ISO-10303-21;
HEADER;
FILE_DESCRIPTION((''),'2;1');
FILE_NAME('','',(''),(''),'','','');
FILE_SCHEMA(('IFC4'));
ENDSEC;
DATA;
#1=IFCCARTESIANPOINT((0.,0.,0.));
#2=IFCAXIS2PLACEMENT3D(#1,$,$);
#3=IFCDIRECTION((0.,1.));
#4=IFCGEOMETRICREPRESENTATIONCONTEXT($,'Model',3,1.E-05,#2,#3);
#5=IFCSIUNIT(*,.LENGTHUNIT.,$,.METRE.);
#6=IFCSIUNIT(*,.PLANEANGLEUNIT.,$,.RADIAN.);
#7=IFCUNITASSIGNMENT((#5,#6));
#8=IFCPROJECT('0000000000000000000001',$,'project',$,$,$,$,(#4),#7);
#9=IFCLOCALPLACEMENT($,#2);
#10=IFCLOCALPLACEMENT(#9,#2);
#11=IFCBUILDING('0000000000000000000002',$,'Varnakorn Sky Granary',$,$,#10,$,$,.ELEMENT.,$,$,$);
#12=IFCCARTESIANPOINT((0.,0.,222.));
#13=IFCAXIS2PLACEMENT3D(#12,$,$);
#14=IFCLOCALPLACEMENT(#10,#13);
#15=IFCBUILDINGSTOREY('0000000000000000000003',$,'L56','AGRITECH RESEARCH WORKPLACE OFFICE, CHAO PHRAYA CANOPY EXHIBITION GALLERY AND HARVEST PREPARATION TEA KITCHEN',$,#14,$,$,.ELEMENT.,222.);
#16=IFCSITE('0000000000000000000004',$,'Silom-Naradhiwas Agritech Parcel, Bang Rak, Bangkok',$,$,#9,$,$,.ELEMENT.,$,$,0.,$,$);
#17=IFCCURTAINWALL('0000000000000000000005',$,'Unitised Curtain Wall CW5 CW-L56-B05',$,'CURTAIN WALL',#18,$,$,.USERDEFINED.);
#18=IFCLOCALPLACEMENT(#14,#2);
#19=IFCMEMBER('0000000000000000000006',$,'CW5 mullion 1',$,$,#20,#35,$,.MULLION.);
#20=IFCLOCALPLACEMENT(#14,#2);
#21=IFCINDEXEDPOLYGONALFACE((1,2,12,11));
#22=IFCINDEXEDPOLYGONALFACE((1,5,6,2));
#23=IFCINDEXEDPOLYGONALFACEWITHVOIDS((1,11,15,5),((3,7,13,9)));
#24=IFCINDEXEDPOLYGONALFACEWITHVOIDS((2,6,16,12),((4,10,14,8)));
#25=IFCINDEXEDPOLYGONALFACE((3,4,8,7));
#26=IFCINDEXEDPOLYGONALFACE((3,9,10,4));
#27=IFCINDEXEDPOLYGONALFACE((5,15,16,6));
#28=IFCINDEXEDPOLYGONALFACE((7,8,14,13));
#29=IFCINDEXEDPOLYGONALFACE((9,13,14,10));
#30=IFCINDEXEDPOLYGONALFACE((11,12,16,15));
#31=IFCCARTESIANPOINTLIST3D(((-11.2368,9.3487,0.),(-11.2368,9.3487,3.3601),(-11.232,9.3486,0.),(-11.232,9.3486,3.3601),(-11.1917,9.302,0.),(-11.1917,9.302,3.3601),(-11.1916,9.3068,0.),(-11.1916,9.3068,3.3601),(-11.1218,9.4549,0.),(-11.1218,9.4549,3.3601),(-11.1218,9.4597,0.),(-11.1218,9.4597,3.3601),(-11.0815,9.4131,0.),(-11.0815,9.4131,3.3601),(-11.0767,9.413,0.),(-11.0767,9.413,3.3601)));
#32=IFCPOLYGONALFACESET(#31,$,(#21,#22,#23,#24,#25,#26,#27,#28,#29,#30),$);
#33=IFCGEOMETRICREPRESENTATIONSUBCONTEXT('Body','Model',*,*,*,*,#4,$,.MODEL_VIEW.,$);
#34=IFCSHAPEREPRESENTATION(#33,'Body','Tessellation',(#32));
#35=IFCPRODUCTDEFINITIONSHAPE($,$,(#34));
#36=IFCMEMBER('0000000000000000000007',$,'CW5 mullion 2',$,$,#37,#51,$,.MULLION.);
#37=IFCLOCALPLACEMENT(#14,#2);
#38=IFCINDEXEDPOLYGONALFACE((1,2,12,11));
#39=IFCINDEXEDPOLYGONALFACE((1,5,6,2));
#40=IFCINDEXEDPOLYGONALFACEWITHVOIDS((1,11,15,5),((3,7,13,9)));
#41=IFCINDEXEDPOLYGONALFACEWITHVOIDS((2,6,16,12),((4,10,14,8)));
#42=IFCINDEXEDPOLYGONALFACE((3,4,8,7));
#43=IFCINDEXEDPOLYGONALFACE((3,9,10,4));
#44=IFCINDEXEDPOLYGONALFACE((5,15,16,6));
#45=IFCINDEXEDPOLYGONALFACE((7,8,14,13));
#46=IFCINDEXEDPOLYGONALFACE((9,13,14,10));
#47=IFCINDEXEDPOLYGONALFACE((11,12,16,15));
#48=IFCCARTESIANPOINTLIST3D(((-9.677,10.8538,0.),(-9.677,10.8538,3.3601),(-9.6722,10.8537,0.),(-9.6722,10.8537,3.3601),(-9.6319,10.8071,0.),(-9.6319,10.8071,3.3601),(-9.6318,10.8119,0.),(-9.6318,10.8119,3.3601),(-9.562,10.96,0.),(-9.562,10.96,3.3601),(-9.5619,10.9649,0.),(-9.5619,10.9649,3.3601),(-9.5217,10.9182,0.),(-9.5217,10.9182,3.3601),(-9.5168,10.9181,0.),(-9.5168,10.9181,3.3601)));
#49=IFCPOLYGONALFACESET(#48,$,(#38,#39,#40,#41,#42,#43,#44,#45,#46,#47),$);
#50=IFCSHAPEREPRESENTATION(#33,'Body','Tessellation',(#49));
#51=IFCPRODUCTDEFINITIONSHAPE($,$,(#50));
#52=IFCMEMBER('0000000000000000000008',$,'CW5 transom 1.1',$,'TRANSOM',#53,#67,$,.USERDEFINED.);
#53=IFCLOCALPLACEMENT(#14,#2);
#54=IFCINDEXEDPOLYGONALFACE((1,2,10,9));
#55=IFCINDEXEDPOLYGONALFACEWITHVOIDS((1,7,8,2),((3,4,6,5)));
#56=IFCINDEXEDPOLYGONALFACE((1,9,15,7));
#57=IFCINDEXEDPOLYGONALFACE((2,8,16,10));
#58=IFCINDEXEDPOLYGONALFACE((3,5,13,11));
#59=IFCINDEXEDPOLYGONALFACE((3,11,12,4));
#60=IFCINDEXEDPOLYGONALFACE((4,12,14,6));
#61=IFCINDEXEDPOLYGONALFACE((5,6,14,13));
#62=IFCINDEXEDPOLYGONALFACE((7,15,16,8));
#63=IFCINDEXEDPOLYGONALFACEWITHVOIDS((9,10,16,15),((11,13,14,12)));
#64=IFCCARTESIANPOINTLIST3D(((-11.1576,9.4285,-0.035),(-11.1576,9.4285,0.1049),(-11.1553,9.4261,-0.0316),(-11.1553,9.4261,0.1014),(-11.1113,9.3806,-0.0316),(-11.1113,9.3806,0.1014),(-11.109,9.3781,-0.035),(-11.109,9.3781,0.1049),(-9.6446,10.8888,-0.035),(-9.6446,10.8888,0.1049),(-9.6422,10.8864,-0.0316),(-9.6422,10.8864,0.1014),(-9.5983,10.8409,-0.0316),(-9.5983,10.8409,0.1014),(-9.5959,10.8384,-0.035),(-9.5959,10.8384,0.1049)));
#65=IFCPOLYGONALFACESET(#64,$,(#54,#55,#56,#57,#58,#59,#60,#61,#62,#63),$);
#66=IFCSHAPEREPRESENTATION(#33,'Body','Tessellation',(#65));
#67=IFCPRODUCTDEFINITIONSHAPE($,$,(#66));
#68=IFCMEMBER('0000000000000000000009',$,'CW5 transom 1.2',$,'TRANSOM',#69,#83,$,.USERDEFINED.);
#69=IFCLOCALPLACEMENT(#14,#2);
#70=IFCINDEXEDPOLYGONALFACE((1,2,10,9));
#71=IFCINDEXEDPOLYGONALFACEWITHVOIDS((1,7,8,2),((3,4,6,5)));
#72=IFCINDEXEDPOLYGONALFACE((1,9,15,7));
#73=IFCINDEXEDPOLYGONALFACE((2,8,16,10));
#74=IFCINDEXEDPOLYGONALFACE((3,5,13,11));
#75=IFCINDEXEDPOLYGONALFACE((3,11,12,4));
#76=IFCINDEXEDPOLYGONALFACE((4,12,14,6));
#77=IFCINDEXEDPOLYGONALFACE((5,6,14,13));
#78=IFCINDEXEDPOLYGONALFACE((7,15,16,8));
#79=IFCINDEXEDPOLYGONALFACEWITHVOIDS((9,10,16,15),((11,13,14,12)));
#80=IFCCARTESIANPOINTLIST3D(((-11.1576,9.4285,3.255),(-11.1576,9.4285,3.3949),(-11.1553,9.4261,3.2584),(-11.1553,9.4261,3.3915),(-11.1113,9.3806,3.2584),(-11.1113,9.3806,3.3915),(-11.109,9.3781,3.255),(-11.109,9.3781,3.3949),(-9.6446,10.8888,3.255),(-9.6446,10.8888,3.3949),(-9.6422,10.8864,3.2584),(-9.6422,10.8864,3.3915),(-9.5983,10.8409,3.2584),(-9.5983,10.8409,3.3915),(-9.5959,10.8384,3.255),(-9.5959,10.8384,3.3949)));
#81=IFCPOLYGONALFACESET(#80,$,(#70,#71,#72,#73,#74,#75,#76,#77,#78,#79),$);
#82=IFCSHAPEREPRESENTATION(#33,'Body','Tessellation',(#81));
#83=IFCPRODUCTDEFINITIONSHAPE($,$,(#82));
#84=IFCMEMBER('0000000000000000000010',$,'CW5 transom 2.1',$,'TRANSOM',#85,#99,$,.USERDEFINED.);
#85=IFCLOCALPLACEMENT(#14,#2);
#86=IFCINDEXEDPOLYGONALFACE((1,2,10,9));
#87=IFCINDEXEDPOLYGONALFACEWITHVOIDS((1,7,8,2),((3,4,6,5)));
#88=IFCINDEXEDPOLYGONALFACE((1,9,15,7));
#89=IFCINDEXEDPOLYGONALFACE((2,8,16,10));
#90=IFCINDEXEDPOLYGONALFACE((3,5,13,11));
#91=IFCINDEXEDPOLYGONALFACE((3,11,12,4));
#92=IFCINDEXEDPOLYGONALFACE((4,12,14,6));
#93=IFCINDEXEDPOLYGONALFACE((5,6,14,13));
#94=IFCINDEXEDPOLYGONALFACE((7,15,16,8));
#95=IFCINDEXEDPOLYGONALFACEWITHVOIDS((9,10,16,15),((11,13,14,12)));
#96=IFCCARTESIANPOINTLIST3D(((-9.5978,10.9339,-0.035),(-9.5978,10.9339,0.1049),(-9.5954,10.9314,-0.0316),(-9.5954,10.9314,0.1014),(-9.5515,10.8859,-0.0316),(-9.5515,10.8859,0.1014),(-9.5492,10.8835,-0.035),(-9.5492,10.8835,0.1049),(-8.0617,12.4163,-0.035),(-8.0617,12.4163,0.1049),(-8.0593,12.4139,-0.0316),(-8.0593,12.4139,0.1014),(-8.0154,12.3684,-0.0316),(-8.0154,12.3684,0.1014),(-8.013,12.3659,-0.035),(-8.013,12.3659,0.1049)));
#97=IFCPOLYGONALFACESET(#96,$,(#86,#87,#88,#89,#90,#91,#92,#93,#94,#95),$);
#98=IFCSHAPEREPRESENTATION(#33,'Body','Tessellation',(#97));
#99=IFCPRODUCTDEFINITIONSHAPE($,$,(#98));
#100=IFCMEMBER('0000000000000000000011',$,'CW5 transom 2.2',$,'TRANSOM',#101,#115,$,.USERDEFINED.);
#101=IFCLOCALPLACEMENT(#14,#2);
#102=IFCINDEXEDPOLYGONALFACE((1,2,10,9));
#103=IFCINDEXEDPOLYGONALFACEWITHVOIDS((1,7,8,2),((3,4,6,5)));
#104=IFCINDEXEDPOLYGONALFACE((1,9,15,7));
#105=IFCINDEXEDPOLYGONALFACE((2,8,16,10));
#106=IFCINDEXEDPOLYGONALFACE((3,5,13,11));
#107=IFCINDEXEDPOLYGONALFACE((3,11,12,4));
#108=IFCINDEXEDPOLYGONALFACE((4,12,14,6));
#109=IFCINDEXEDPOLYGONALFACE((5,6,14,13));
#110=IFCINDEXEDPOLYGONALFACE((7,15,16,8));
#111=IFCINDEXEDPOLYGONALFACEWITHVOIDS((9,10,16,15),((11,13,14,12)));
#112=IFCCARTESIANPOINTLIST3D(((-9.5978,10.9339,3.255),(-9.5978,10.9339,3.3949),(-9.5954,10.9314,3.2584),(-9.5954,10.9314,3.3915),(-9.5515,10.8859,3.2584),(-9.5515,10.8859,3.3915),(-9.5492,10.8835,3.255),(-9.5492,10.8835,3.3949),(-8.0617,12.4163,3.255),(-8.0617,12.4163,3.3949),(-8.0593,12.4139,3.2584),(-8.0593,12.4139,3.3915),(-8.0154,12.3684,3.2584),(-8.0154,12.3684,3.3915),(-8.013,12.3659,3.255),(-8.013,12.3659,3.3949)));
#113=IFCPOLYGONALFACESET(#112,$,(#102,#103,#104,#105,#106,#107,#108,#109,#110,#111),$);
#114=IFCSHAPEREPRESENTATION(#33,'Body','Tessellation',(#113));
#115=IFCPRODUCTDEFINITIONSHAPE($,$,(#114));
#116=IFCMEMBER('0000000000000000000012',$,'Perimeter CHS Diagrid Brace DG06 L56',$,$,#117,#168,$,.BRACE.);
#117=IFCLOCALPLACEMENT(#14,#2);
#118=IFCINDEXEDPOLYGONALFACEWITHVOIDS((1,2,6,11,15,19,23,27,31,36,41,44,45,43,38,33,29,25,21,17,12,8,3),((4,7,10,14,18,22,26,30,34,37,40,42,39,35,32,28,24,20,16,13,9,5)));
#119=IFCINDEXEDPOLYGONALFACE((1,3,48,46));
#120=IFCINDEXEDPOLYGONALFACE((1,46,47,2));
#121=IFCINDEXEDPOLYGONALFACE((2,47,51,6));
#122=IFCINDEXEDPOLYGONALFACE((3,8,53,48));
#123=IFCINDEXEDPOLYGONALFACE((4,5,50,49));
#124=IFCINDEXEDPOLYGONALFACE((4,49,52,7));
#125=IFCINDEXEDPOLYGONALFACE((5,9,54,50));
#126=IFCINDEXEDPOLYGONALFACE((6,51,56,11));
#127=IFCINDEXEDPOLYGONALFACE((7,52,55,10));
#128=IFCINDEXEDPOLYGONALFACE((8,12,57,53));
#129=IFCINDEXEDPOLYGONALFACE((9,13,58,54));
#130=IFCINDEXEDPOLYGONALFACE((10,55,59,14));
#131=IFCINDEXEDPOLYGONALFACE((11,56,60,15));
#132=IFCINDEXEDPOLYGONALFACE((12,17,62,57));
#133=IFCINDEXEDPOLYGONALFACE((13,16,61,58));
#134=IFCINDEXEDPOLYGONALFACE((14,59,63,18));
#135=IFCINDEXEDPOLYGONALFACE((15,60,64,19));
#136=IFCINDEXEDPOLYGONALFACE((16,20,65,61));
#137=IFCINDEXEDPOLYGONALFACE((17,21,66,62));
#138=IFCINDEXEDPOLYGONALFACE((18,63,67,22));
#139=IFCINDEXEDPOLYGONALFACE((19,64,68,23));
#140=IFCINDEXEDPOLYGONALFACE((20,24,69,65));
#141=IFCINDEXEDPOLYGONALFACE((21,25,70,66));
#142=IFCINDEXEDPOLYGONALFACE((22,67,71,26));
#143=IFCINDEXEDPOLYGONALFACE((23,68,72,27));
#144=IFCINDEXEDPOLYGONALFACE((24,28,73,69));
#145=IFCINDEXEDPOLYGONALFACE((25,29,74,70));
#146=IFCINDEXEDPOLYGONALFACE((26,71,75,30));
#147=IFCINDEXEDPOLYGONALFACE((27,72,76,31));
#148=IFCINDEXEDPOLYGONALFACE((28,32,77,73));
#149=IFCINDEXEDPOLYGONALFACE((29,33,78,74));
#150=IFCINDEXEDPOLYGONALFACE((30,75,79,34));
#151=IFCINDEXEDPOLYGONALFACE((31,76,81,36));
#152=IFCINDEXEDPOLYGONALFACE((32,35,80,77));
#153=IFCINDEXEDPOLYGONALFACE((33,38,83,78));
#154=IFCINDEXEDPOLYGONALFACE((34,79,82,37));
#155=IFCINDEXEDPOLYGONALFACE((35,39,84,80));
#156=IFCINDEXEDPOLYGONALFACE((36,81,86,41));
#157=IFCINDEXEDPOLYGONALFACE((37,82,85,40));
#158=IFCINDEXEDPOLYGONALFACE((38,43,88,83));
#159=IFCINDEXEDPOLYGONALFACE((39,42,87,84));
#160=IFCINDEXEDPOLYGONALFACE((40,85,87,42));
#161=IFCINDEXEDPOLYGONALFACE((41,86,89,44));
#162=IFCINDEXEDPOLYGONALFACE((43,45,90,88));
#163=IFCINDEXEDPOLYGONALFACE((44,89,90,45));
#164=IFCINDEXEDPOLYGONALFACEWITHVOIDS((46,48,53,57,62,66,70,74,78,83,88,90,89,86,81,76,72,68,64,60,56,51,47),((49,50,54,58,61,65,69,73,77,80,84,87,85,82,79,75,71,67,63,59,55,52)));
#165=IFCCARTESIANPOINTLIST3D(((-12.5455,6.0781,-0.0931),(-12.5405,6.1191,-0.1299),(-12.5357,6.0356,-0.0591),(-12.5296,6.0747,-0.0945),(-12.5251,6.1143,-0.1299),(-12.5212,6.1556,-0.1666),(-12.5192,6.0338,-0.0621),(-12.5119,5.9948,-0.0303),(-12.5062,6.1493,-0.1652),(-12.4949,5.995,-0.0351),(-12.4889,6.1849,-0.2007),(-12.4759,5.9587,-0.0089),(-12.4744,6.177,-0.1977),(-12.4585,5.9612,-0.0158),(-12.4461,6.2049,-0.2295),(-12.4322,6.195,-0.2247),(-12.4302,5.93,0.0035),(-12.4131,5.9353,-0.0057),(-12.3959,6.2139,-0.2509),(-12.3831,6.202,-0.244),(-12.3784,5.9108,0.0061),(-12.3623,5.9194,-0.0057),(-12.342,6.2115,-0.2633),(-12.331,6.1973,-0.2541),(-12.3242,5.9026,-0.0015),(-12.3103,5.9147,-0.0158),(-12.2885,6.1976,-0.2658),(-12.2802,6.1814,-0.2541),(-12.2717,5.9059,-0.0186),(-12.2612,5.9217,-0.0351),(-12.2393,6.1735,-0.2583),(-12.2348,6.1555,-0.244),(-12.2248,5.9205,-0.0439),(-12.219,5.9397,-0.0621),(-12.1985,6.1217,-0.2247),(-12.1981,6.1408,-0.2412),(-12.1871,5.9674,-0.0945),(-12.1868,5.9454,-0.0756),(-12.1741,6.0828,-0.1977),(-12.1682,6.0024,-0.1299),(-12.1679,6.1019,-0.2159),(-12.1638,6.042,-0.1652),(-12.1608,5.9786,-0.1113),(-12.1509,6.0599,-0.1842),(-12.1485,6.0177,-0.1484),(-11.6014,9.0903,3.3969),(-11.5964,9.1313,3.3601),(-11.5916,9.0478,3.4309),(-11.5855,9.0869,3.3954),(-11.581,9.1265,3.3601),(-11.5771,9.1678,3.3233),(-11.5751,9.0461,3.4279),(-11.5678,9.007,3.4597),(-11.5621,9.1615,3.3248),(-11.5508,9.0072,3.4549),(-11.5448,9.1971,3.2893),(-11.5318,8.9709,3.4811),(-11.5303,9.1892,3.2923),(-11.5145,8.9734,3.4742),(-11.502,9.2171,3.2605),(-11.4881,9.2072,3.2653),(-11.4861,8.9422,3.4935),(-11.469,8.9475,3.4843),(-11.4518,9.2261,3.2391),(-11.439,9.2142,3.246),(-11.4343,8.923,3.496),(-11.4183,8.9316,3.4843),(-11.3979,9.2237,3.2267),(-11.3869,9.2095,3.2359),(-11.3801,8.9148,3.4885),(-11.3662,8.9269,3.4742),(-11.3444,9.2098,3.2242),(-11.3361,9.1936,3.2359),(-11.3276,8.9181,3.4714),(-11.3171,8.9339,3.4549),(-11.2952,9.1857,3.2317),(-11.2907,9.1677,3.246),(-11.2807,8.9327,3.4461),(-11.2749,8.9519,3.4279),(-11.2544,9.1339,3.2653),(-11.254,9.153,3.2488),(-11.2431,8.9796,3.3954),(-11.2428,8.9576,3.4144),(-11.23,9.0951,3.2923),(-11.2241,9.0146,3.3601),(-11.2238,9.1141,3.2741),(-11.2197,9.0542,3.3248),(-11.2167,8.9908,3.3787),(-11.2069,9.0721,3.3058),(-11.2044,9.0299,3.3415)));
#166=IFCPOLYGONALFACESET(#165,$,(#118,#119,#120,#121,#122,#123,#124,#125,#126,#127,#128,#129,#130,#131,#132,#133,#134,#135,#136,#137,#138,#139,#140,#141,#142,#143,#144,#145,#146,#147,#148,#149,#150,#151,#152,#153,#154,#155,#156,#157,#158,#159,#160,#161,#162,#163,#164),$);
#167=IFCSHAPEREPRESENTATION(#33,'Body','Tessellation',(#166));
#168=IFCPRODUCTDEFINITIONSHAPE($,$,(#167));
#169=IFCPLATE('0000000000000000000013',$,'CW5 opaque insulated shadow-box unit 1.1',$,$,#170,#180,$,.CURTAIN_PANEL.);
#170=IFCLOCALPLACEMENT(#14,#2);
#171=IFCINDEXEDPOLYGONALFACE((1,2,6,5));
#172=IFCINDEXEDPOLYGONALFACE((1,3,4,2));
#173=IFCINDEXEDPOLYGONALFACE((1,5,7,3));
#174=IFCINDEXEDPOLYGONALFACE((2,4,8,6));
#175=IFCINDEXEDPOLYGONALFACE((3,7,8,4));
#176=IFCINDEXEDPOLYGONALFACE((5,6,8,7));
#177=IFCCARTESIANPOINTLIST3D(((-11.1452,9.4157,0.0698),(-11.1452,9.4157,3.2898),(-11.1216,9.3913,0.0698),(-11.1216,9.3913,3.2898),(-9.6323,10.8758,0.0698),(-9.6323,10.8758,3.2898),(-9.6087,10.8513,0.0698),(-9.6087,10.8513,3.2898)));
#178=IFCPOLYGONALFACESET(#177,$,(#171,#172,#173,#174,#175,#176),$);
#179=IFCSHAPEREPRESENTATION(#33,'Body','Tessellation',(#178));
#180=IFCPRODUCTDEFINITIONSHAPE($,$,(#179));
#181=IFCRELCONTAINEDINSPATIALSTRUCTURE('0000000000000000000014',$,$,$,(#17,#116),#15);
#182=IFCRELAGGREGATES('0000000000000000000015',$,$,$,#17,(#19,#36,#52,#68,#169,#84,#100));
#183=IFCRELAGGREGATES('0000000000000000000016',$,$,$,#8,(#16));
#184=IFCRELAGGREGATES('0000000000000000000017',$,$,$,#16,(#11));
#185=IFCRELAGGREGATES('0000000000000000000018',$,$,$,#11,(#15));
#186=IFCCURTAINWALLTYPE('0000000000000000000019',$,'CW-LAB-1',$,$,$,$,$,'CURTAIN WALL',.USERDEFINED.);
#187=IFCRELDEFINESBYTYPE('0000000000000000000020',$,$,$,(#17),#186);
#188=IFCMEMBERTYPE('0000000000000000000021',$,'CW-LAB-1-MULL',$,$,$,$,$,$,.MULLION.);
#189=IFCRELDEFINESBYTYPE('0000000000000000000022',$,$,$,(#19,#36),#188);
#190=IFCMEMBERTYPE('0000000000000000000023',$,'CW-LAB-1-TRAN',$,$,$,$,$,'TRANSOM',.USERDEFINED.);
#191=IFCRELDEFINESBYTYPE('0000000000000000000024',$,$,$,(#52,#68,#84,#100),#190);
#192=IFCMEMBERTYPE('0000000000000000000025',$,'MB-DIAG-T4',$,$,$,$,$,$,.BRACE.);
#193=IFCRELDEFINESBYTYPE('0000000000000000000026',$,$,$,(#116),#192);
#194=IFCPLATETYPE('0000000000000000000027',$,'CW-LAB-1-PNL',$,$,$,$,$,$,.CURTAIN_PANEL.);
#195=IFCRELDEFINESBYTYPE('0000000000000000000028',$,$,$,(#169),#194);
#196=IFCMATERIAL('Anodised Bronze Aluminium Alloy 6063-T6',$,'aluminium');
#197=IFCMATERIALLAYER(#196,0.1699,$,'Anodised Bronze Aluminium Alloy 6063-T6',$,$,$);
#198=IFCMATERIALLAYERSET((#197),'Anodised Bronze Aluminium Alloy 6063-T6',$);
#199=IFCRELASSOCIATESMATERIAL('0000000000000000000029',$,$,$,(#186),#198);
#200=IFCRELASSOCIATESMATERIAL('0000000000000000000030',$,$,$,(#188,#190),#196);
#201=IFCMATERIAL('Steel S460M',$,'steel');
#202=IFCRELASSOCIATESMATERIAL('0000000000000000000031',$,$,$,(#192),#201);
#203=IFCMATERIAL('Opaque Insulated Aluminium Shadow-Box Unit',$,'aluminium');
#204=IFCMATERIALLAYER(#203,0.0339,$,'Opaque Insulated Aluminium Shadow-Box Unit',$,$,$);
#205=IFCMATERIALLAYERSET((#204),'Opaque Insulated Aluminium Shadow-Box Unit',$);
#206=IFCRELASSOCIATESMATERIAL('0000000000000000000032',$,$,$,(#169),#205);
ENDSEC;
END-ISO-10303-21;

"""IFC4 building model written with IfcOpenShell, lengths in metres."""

from ifc_helpers import new_model, si_unit, direction, frame, origin, origin_2d, place, context, subcontext, project, spatial, rectangle, hollow_rectangle, hollow_circle, extrude, source, transform, mapped, material, layer, layer_set, material_profile, profile_set, type_object, type_shapes, element, aggregate, save


model = new_model("IFC4")

# Units and contexts
model_context = context("Model", 3, precision=1e-05, world=origin(), true_north=direction((0.0, 1.0)))
body_context = subcontext(model_context, "Body", "Model", "MODEL_VIEW")
ifc_project = project(units=[si_unit("LENGTHUNIT", "METRE"), si_unit("PLANEANGLEUNIT", "RADIAN")], contexts=[model_context])

# Site, building, storey
site_placement = place(None, origin())
site = spatial("IfcSite", under=ifc_project, at=site_placement, Name="Silom-Naradhiwas Agritech Parcel, Bang Rak, Bangkok", CompositionType="ELEMENT", RefElevation=0.0)
building_placement = place(site_placement, origin())
building = spatial("IfcBuilding", under=site, at=building_placement, Name="Varnakorn Sky Granary", CompositionType="ELEMENT")
storey_placement = place(building_placement, frame((0.0, 0.0, 222.0)))
storey = spatial("IfcBuildingStorey", under=building, at=storey_placement, Name="L56", Description="AGRITECH RESEARCH WORKPLACE OFFICE, CHAO PHRAYA CANOPY EXHIBITION GALLERY AND HARVEST PREPARATION TEA KITCHEN", CompositionType="ELEMENT", Elevation=222.0)

# Shared definitions
ifc_material_1 = material(Name="Steel S460M", Category="steel")

# Curtain wall, members
ifc_material_2 = material(Name="Anodised Bronze Aluminium Alloy 6063-T6", Category="aluminium")
ifc_layer_1 = layer(ifc_material_2, 0.1699, Name="Anodised Bronze Aluminium Alloy 6063-T6")
ifc_layer_set_1 = layer_set([ifc_layer_1], Name="Anodised Bronze Aluminium Alloy 6063-T6")
curtain_wall_type = type_object("IfcCurtainWallType", Name="CW-LAB-1", ElementType="CURTAIN WALL", PredefinedType="USERDEFINED", material=ifc_layer_set_1)
curtain_wall_placement = place(storey_placement, origin())
curtain_wall = element("IfcCurtainWall", 1, at=curtain_wall_placement, inside=storey, type_object=curtain_wall_type, Name="Unitised Curtain Wall CW5 CW-L56-B05", ObjectType="CURTAIN WALL", PredefinedType="USERDEFINED")
ifc_material_profile_1 = material_profile(ifc_material_2, hollow_rectangle(XDim=0.0649, YDim=0.1599, WallThickness=0.0034, at=origin_2d()), Name="ALU MULL 65x160")
ifc_profile_set_1 = profile_set([ifc_material_profile_1], Name="Anodised Bronze Aluminium Alloy 6063-T6")
member_type_1 = type_object("IfcMemberType", Name="CW-LAB-1-MULL", PredefinedType="MULLION", material=ifc_profile_set_1)
member_1_placement = place(storey_placement, frame((-11.1567, 9.3809, 0.0), z_axis=(0.0, 0.0, 1.0), x_axis=(-0.694404, 0.719585, 0.0)))
member_1 = element("IfcMember", 2, at=member_1_placement, type_object=member_type_1, Name="CW5 mullion 1", PredefinedType="MULLION", context=body_context, shape_type="SweptSolid", body=[
    extrude(hollow_rectangle(XDim=0.0649, YDim=0.1599, WallThickness=0.0034, at=origin_2d()), origin(), (0.0, 0.0, 1.0), 3.3601),
])
member_2_placement = place(storey_placement, frame((-9.5969, 10.886, 0.0), z_axis=(0.0, 0.0, 1.0), x_axis=(-0.694404, 0.719585, 0.0)))
member_2 = element("IfcMember", 3, at=member_2_placement, type_object=member_type_1, Name="CW5 mullion 2", PredefinedType="MULLION", context=body_context, shape_type="SweptSolid", body=[
    extrude(hollow_rectangle(XDim=0.0649, YDim=0.1599, WallThickness=0.0034, at=origin_2d()), origin(), (0.0, 0.0, 1.0), 3.3601),
])
ifc_material_profile_2 = material_profile(ifc_material_2, hollow_rectangle(XDim=0.0701, YDim=0.1399, WallThickness=0.0034, at=origin_2d()), Name="ALU TRAN 70x140")
ifc_profile_set_2 = profile_set([ifc_material_profile_2], Name="Anodised Bronze Aluminium Alloy 6063-T6")
member_type_2 = type_object("IfcMemberType", Name="CW-LAB-1-TRAN", ElementType="TRANSOM", PredefinedType="USERDEFINED", material=ifc_profile_set_2)
member_3_placement = place(storey_placement, frame((-11.1333, 9.4033, 0.0349), z_axis=(0.719535, 0.694456, 0.0), x_axis=(-0.694456, 0.719535, 0.0)))
member_3 = element("IfcMember", 4, at=member_3_placement, type_object=member_type_2, Name="CW5 transom 1.1", ObjectType="TRANSOM", PredefinedType="USERDEFINED", context=body_context, shape_type="SweptSolid", body=[
    extrude(hollow_rectangle(XDim=0.0701, YDim=0.1399, WallThickness=0.0034, at=origin_2d()), origin(), (0.0, 0.0, 1.0), 2.1028),
])
member_4_placement = place(storey_placement, frame((-11.1333, 9.4033, 3.325), z_axis=(0.719535, 0.694456, 0.0), x_axis=(-0.694456, 0.719535, 0.0)))
member_4 = element("IfcMember", 5, at=member_4_placement, type_object=member_type_2, Name="CW5 transom 1.2", ObjectType="TRANSOM", PredefinedType="USERDEFINED", context=body_context, shape_type="SweptSolid", body=[
    extrude(hollow_rectangle(XDim=0.0701, YDim=0.1399, WallThickness=0.0034, at=origin_2d()), origin(), (0.0, 0.0, 1.0), 2.1028),
])
member_5_placement = place(storey_placement, frame((-9.5735, 10.9087, 0.0349), z_axis=(0.719575, 0.694415, 0.0), x_axis=(-0.694415, 0.719575, 0.0)))
member_5 = element("IfcMember", 6, at=member_5_placement, type_object=member_type_2, Name="CW5 transom 2.1", ObjectType="TRANSOM", PredefinedType="USERDEFINED", context=body_context, shape_type="SweptSolid", body=[
    extrude(hollow_rectangle(XDim=0.0701, YDim=0.1399, WallThickness=0.0034, at=origin_2d()), origin(), (0.0, 0.0, 1.0), 2.1348),
])
member_6_placement = place(storey_placement, frame((-9.5735, 10.9087, 3.325), z_axis=(0.719575, 0.694415, 0.0), x_axis=(-0.694415, 0.719575, 0.0)))
member_6 = element("IfcMember", 7, at=member_6_placement, type_object=member_type_2, Name="CW5 transom 2.2", ObjectType="TRANSOM", PredefinedType="USERDEFINED", context=body_context, shape_type="SweptSolid", body=[
    extrude(hollow_rectangle(XDim=0.0701, YDim=0.1399, WallThickness=0.0034, at=origin_2d()), origin(), (0.0, 0.0, 1.0), 2.1348),
])

# Member
ifc_material_profile_3 = material_profile(ifc_material_1, hollow_circle(Radius=0.2031, WallThickness=0.0161, at=origin_2d()), Name="CHS 406.4x16")
ifc_profile_set_3 = profile_set([ifc_material_profile_3], Name="Steel S460M")
member_type_3 = type_object("IfcMemberType", Name="MB-DIAG-T4", PredefinedType="BRACE", material=ifc_profile_set_3)
member_7_placement = place(storey_placement, frame((-12.3467, 6.0583, -0.1299), z_axis=(0.200622, 0.640103, 0.741633), x_axis=(-0.954229, 0.299076, 0.0)))
element("IfcMember", 8, at=member_7_placement, inside=storey, type_object=member_type_3, Name="Perimeter CHS Diagrid Brace DG06 L56", PredefinedType="BRACE", context=body_context, shape_type="SweptSolid", body=[
    extrude(hollow_circle(Radius=0.2031, WallThickness=0.0161, at=origin_2d()), origin(), (0.0, 0.0, 1.0), 4.7058),
])

# Plate
ifc_material_3 = material(Name="Opaque Insulated Aluminium Shadow-Box Unit", Category="aluminium")
ifc_layer_2 = layer(ifc_material_3, 0.0339, Name="Opaque Insulated Aluminium Shadow-Box Unit")
ifc_layer_set_2 = layer_set([ifc_layer_2], Name="Opaque Insulated Aluminium Shadow-Box Unit")
plate_type = type_object("IfcPlateType", Name="CW-LAB-1-PNL", PredefinedType="CURTAIN_PANEL")
shared_shape_1 = source(origin(), body_context, "Body", "SweptSolid", [
    extrude(rectangle(XDim=2.1025, YDim=0.0339, at=origin_2d()), origin(), (0.0, 0.0, 1.0), 3.22),
])
type_shapes(plate_type, [shared_shape_1])
plate_placement = place(storey_placement, frame((-10.377, 10.1335, 0.0698), z_axis=(0.0, 0.0, 1.0), x_axis=(0.719585, 0.694404, 0.0)))
plate = element("IfcPlate", 9, at=plate_placement, type_object=plate_type, material=ifc_layer_set_2, Name="CW5 opaque insulated shadow-box unit 1.1", PredefinedType="CURTAIN_PANEL", context=body_context, shape_type="MappedRepresentation", body=[
    mapped(shared_shape_1, transform((0.0, 0.0, 0.0), x_axis=(1.0, 0.0, 0.0), y_axis=(0.0, 1.0, 0.0), z_axis=(0.0, 0.0, 1.0), scale=1.0)),
])
aggregate(curtain_wall, [member_1, member_2, member_3, member_4, plate, member_5, member_6])

save(model, "model.ifc")
